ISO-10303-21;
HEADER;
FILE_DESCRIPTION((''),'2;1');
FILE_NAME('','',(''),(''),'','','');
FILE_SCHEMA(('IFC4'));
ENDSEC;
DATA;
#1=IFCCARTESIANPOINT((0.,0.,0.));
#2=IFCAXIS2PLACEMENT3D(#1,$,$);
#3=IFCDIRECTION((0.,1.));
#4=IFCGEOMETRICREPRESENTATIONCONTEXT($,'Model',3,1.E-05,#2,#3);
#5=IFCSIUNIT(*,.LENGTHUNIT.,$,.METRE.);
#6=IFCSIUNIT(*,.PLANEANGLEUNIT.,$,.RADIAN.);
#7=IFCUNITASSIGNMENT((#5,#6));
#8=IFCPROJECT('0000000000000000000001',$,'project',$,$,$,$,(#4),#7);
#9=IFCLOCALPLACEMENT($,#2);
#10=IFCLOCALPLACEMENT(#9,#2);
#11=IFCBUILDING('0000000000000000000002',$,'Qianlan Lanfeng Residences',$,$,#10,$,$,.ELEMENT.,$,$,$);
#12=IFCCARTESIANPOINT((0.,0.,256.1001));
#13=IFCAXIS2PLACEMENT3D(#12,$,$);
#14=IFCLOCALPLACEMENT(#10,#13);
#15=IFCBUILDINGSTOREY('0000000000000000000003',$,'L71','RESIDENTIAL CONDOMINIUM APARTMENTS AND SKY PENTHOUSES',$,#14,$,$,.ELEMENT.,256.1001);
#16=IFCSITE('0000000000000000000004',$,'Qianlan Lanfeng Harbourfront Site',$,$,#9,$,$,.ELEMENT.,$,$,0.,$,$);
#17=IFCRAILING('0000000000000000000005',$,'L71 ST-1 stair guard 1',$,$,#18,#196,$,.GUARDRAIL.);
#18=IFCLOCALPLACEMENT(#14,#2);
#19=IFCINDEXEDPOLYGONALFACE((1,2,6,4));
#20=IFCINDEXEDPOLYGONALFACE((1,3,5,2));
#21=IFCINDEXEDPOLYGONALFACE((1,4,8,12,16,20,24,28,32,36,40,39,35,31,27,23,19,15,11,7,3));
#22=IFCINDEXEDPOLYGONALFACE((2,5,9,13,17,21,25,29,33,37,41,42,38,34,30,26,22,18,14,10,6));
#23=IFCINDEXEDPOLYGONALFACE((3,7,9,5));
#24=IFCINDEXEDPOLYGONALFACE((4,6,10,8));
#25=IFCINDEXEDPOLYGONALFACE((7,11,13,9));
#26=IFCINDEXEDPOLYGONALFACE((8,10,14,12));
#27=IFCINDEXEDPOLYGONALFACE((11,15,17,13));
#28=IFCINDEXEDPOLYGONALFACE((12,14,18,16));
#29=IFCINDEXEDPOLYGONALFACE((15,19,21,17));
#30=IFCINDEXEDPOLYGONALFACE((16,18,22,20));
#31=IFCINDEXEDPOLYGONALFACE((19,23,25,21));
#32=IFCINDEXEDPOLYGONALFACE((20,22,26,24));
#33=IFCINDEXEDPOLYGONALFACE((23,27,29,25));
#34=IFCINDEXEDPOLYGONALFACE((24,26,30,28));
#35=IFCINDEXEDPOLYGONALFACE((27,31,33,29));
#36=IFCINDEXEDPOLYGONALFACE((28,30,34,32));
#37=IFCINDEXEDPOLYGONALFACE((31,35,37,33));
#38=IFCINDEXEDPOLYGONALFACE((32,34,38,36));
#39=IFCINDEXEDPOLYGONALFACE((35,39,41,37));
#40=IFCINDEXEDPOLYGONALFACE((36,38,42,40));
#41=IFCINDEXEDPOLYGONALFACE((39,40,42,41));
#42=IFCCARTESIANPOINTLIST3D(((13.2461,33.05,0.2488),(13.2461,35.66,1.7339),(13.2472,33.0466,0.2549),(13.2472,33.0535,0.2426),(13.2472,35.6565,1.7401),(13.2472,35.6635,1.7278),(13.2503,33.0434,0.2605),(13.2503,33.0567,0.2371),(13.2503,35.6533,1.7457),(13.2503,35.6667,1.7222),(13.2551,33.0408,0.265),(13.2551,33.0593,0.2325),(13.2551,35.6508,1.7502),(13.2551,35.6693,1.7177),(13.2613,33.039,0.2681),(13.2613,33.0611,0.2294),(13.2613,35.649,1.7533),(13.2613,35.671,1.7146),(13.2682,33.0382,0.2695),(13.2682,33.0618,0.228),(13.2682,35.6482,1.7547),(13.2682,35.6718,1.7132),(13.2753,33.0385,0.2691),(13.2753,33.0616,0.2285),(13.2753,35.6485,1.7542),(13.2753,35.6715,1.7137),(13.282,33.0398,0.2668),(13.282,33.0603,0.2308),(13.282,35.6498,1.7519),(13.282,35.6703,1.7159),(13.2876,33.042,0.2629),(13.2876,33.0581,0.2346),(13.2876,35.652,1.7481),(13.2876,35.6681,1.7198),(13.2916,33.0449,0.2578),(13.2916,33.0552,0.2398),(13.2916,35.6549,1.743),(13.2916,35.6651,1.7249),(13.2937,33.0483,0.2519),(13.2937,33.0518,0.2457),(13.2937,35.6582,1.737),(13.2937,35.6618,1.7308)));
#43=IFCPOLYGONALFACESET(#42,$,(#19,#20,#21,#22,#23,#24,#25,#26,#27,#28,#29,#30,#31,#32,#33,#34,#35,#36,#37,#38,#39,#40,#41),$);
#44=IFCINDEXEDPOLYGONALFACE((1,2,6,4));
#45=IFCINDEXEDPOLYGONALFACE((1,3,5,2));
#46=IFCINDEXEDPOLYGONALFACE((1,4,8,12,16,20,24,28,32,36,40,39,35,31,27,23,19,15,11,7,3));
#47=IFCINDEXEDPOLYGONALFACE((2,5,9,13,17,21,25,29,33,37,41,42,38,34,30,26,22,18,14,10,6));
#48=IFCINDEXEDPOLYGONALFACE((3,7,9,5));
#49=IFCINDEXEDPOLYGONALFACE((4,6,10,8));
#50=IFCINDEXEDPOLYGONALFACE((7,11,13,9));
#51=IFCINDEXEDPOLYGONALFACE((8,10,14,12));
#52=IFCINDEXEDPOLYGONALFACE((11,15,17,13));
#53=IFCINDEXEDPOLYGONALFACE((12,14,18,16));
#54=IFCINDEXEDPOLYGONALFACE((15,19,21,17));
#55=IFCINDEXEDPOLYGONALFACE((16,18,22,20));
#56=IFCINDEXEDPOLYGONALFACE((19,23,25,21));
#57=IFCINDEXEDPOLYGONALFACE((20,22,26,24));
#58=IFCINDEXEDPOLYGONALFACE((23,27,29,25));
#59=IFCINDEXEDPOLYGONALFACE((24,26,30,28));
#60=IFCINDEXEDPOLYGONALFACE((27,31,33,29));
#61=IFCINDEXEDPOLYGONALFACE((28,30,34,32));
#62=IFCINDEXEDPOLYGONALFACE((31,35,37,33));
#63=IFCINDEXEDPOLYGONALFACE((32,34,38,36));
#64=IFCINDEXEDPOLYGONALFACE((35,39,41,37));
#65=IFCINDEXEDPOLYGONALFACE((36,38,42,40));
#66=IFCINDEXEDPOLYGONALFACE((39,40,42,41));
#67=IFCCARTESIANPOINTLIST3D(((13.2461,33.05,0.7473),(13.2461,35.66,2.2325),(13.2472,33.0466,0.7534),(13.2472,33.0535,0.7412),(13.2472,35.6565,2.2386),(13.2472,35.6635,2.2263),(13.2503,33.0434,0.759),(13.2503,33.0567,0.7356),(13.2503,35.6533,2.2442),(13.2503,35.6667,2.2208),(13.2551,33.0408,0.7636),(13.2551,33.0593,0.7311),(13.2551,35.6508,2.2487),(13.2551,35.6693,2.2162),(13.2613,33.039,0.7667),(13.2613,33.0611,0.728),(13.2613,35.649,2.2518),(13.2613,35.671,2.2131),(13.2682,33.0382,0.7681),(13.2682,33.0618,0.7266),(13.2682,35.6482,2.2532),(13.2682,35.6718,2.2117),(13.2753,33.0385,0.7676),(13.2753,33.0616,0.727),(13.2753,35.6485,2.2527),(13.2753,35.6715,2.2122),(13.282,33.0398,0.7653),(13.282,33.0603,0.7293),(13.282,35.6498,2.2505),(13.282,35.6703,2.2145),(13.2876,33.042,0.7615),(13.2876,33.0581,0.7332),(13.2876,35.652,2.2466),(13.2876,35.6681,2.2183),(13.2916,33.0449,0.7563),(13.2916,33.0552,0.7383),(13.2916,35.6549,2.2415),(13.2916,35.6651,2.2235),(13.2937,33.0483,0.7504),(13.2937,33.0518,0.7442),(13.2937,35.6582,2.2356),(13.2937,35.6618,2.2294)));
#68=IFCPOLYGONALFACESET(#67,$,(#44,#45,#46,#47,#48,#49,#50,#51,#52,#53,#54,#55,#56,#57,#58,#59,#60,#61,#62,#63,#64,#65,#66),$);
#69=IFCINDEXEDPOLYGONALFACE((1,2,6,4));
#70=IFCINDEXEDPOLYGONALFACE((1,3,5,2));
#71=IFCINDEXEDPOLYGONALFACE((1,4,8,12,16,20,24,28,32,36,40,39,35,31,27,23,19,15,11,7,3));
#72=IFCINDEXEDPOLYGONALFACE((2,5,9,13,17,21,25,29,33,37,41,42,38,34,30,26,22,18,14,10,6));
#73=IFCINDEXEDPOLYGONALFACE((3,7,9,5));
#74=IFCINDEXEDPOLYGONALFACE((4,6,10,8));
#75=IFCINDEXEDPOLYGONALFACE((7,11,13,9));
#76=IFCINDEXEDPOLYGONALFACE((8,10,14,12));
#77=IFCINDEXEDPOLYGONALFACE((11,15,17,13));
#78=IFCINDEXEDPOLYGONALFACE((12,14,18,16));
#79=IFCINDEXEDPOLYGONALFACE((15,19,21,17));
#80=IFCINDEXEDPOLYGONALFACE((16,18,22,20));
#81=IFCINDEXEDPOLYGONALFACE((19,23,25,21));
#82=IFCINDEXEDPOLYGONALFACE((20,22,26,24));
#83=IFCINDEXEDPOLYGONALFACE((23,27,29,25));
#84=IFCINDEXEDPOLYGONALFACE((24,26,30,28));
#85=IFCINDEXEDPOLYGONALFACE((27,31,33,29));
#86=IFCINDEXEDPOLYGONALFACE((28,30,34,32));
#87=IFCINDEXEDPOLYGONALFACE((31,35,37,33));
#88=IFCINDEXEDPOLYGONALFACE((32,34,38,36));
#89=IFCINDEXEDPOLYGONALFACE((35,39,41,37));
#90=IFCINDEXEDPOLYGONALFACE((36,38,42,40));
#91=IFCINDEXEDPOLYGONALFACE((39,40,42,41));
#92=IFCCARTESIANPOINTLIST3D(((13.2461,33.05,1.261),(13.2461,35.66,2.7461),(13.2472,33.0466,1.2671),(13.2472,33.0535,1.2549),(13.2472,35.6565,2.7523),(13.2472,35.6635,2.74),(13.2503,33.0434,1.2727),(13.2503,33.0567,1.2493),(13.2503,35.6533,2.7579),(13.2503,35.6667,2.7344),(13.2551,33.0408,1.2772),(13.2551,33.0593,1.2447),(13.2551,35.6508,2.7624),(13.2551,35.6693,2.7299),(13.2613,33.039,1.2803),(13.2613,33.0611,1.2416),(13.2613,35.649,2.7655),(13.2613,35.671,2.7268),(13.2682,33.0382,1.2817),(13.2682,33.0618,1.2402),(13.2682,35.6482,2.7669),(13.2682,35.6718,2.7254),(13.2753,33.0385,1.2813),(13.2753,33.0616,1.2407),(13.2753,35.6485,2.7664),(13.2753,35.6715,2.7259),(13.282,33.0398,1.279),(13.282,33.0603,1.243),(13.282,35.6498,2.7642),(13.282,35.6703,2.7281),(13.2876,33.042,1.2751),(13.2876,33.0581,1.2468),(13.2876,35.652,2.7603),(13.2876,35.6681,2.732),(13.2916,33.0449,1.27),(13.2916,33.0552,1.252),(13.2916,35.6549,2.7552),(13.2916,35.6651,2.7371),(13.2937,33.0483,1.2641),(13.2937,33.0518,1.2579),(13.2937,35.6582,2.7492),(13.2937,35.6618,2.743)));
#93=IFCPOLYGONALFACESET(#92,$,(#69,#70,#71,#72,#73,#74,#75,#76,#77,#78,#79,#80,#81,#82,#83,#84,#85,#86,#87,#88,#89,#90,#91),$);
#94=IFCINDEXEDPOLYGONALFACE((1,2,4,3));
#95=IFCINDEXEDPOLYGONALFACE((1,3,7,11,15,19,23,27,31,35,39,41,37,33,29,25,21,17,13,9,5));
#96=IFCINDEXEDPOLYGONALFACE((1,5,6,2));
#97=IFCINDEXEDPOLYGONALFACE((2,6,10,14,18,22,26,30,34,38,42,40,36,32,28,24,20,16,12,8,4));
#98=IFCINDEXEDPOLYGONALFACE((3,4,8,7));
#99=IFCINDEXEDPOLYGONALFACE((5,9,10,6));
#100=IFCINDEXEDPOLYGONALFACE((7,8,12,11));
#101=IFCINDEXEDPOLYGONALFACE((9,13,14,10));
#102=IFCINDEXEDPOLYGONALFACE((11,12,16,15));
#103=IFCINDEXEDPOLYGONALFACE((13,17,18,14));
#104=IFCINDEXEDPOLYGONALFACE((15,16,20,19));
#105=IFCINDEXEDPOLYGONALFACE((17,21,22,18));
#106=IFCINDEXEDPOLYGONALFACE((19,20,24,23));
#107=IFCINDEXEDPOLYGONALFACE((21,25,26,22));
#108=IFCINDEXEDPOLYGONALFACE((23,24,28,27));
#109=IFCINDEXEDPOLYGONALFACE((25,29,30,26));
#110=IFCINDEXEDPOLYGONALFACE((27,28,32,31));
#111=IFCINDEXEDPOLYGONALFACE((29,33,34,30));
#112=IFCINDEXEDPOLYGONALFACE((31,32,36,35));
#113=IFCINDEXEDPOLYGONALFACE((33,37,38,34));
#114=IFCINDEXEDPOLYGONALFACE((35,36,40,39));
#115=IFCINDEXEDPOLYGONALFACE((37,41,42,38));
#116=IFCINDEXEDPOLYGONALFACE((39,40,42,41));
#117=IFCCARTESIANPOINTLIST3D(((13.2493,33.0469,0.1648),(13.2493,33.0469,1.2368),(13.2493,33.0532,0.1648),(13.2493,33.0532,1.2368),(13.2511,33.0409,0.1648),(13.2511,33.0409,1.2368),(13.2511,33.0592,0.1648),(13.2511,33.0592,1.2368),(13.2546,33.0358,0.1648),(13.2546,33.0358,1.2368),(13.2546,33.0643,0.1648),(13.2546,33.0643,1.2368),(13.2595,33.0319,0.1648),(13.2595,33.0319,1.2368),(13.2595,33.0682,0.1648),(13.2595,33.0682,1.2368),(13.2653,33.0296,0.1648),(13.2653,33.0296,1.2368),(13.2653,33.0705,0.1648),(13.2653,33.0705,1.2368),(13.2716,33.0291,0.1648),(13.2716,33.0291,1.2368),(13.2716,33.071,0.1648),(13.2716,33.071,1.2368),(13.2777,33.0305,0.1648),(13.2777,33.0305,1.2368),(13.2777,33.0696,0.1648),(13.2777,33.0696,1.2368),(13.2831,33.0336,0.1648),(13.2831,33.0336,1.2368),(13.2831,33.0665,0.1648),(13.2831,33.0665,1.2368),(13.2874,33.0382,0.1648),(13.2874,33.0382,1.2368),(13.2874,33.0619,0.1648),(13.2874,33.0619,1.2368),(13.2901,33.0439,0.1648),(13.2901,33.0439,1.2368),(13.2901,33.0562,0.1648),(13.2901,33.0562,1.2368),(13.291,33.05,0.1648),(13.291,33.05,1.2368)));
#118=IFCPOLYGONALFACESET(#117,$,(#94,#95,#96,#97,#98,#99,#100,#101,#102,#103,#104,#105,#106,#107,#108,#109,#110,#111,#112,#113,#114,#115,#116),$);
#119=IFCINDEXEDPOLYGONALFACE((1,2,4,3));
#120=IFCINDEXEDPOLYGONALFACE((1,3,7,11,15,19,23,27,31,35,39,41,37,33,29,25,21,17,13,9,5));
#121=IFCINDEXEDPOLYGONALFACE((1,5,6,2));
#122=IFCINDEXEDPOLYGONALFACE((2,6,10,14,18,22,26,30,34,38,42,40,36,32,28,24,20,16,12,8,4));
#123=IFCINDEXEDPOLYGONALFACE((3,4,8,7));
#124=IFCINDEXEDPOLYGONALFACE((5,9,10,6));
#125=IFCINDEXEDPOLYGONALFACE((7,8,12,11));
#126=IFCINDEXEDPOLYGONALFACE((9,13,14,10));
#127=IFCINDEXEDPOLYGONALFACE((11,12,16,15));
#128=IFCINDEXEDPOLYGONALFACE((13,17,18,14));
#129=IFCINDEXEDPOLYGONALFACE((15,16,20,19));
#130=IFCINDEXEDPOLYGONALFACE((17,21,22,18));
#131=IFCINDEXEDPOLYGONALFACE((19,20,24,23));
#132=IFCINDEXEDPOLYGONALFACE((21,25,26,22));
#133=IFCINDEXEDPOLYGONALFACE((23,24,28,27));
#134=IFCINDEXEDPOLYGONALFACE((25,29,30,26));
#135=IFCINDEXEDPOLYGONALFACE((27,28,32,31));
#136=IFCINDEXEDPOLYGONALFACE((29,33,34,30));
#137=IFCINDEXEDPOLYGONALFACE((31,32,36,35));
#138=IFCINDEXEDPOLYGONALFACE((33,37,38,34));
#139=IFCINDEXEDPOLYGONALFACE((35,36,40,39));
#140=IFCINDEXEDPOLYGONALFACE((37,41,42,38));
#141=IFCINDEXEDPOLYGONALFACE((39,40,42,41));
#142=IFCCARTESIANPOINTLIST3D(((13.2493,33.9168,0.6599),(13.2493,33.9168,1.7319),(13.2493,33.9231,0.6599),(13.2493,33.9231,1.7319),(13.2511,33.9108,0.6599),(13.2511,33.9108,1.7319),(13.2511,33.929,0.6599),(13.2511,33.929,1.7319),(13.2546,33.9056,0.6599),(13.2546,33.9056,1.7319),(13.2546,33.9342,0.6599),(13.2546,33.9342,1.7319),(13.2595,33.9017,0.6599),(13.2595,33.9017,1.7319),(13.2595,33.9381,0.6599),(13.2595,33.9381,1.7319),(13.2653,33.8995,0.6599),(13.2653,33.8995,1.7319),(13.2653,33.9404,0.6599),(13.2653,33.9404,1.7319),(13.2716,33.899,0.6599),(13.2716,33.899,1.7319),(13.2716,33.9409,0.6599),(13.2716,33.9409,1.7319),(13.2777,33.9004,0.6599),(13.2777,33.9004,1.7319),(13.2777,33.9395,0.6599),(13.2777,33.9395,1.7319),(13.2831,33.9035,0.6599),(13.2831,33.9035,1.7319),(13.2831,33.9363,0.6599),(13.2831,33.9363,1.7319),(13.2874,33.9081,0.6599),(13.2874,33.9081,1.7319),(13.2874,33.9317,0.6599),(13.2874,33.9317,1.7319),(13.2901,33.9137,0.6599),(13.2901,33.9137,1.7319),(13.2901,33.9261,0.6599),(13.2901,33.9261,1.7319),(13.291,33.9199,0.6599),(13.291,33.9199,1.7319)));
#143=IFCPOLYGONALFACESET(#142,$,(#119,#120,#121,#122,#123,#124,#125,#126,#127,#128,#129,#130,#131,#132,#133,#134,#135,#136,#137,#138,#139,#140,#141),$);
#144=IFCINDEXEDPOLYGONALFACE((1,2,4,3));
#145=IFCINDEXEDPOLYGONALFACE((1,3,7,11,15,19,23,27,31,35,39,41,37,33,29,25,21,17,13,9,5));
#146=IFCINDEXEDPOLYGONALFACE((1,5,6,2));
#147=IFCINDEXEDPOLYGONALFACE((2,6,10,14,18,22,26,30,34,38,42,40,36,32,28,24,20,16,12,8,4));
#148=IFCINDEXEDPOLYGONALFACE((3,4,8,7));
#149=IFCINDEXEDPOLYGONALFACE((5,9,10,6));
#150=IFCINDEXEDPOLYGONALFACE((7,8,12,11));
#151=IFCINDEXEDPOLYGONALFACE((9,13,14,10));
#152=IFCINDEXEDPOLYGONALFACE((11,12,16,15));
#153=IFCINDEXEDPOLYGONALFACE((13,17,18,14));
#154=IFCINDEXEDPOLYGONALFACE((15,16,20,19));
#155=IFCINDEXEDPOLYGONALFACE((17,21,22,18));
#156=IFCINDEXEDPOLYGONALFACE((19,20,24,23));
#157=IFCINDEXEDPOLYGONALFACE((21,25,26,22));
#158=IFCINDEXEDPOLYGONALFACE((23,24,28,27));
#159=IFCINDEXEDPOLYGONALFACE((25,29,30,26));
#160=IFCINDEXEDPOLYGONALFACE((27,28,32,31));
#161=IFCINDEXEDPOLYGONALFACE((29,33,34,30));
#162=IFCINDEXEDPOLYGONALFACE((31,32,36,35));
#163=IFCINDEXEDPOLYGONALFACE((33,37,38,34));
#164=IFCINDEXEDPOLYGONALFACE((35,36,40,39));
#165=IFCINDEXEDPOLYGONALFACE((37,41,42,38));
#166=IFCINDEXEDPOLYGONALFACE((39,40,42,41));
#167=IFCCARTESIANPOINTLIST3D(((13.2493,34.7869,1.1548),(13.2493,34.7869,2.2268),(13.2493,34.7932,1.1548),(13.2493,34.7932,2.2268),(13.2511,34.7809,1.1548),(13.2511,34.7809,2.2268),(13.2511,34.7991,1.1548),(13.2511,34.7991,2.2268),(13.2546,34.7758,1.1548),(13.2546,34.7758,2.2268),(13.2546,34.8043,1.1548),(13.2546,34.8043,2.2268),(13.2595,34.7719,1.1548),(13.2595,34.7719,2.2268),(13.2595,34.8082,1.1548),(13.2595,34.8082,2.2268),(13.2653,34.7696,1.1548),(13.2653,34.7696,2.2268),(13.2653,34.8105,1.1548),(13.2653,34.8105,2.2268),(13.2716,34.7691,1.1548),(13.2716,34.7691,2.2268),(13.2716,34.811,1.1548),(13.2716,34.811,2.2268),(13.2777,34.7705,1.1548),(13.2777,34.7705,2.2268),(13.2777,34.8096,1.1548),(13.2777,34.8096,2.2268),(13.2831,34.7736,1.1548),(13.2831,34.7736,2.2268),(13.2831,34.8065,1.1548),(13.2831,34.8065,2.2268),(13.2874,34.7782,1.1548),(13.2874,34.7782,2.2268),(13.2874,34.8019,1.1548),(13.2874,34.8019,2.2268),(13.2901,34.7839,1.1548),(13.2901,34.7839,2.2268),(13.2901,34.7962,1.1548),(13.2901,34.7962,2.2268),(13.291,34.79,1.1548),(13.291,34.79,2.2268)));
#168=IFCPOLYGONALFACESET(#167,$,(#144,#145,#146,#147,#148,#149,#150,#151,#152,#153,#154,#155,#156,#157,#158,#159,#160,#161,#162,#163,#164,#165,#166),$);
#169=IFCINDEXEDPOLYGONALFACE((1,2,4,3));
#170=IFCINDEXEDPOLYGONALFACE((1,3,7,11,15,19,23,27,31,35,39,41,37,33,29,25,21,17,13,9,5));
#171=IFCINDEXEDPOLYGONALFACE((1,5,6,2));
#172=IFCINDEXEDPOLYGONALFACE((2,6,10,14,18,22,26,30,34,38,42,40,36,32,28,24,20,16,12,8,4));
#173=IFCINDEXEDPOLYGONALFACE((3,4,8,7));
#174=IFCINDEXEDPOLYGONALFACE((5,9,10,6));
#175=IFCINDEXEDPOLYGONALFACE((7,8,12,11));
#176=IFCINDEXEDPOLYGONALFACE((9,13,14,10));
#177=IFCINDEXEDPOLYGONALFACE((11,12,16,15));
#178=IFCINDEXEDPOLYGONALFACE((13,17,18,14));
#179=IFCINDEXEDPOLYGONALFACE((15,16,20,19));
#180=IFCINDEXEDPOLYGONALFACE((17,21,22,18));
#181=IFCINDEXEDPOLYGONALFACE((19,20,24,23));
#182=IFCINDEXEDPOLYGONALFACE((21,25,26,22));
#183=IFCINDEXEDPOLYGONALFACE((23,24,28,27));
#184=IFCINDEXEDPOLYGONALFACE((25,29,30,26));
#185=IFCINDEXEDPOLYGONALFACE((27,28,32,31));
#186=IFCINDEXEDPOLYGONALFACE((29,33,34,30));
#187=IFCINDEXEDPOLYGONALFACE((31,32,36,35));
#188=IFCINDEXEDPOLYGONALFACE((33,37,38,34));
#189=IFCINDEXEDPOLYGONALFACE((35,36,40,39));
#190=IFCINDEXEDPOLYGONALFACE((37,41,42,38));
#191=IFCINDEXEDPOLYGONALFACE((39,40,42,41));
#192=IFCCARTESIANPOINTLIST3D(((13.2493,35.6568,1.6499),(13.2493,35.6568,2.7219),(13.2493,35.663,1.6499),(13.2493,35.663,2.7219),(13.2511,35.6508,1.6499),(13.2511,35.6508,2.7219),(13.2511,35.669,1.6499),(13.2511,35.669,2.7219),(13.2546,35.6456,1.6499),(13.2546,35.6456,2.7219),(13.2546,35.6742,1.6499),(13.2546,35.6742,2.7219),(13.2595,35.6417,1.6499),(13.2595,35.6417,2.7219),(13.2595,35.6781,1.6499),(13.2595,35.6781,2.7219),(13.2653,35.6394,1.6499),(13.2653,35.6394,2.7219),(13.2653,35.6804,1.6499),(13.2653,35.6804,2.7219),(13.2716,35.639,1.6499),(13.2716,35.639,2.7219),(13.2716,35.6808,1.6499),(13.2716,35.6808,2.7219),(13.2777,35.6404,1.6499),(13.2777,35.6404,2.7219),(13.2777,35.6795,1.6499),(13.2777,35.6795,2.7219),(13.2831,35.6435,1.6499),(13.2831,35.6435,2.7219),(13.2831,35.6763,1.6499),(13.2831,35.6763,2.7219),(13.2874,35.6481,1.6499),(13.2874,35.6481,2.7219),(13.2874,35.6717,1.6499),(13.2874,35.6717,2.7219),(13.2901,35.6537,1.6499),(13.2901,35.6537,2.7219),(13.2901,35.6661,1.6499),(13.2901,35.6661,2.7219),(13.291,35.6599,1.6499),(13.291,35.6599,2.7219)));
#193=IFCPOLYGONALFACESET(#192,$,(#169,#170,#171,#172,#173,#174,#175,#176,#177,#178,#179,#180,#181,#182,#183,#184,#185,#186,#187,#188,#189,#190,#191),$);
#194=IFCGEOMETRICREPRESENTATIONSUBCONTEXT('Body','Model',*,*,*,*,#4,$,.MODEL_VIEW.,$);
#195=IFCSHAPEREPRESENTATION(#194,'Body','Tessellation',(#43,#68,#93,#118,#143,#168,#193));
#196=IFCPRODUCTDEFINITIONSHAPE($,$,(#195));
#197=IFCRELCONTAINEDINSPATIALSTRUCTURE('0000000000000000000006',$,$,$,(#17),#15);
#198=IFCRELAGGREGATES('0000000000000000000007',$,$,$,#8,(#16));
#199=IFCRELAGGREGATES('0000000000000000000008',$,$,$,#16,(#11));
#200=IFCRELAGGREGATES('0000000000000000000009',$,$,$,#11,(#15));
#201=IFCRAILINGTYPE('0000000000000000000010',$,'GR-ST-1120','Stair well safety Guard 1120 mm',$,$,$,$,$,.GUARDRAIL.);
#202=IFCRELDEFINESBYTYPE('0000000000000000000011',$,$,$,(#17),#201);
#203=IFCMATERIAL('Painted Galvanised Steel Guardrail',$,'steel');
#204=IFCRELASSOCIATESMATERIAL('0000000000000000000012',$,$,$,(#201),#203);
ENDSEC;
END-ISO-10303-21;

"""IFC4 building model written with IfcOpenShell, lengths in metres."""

from ifc_helpers import new_model, si_unit, direction, frame, origin, origin_2d, place, context, subcontext, project, spatial, circle, extrude, material, type_object, element, save


model = new_model("IFC4")

# Units and contexts
model_context = context("Model", 3, precision=1e-05, world=origin(), true_north=direction((0.0, 1.0)))
body_context = subcontext(model_context, "Body", "Model", "MODEL_VIEW")
ifc_project = project(units=[si_unit("LENGTHUNIT", "METRE"), si_unit("PLANEANGLEUNIT", "RADIAN")], contexts=[model_context])

# Site, building, storey
site_placement = place(None, origin())
site = spatial("IfcSite", under=ifc_project, at=site_placement, Name="Qianlan Lanfeng Harbourfront Site", CompositionType="ELEMENT", RefElevation=0.0)
building_placement = place(site_placement, origin())
building = spatial("IfcBuilding", under=site, at=building_placement, Name="Qianlan Lanfeng Residences", CompositionType="ELEMENT")
storey_placement = place(building_placement, frame((0.0, 0.0, 256.1001)))
storey = spatial("IfcBuildingStorey", under=building, at=storey_placement, Name="L71", Description="RESIDENTIAL CONDOMINIUM APARTMENTS AND SKY PENTHOUSES", CompositionType="ELEMENT", Elevation=256.1001)

# Railing
ifc_material_1 = material(Name="Painted Galvanised Steel Guardrail", Category="steel")
railing_type_1 = type_object("IfcRailingType", Name="GR-ST-1120", Description="Stair well safety Guard 1120 mm", PredefinedType="GUARDRAIL", material=ifc_material_1)
railing_1_placement = place(storey_placement, frame((13.27, 33.05, 0.1648)))
element("IfcRailing", 1, at=railing_1_placement, inside=storey, type_object=railing_type_1, Name="L71 ST-1 stair guard 1", PredefinedType="GUARDRAIL", context=body_context, shape_type="SweptSolid", body=[
    extrude(circle(Radius=0.0239, at=origin_2d()), frame((0.0, 0.0, 0.084), z_axis=(0.0, 0.869137, 0.494571), x_axis=(-1.0, 0.0, 0.0)), (0.0, 0.0, 1.0), 3.0029),
    extrude(circle(Radius=0.0239, at=origin_2d()), frame((0.0, 0.0, 0.5825), z_axis=(0.0, 0.869137, 0.494571), x_axis=(-1.0, 0.0, 0.0)), (0.0, 0.0, 1.0), 3.0029),
    extrude(circle(Radius=0.0239, at=origin_2d()), frame((0.0, 0.0, 1.0962), z_axis=(0.0, 0.869137, 0.494571), x_axis=(-1.0, 0.0, 0.0)), (0.0, 0.0, 1.0), 3.0029),
    extrude(circle(Radius=0.021, at=origin_2d()), origin(), (0.0, 0.0, 1.0), 1.072),
    extrude(circle(Radius=0.021, at=origin_2d()), frame((0.0, 0.8699, 0.4951)), (0.0, 0.0, 1.0), 1.072),
    extrude(circle(Radius=0.021, at=origin_2d()), frame((0.0, 1.74, 0.99)), (0.0, 0.0, 1.0), 1.072),
    extrude(circle(Radius=0.021, at=origin_2d()), frame((0.0, 2.6099, 1.4851)), (0.0, 0.0, 1.0), 1.072),
])

save(model, "model.ifc")
